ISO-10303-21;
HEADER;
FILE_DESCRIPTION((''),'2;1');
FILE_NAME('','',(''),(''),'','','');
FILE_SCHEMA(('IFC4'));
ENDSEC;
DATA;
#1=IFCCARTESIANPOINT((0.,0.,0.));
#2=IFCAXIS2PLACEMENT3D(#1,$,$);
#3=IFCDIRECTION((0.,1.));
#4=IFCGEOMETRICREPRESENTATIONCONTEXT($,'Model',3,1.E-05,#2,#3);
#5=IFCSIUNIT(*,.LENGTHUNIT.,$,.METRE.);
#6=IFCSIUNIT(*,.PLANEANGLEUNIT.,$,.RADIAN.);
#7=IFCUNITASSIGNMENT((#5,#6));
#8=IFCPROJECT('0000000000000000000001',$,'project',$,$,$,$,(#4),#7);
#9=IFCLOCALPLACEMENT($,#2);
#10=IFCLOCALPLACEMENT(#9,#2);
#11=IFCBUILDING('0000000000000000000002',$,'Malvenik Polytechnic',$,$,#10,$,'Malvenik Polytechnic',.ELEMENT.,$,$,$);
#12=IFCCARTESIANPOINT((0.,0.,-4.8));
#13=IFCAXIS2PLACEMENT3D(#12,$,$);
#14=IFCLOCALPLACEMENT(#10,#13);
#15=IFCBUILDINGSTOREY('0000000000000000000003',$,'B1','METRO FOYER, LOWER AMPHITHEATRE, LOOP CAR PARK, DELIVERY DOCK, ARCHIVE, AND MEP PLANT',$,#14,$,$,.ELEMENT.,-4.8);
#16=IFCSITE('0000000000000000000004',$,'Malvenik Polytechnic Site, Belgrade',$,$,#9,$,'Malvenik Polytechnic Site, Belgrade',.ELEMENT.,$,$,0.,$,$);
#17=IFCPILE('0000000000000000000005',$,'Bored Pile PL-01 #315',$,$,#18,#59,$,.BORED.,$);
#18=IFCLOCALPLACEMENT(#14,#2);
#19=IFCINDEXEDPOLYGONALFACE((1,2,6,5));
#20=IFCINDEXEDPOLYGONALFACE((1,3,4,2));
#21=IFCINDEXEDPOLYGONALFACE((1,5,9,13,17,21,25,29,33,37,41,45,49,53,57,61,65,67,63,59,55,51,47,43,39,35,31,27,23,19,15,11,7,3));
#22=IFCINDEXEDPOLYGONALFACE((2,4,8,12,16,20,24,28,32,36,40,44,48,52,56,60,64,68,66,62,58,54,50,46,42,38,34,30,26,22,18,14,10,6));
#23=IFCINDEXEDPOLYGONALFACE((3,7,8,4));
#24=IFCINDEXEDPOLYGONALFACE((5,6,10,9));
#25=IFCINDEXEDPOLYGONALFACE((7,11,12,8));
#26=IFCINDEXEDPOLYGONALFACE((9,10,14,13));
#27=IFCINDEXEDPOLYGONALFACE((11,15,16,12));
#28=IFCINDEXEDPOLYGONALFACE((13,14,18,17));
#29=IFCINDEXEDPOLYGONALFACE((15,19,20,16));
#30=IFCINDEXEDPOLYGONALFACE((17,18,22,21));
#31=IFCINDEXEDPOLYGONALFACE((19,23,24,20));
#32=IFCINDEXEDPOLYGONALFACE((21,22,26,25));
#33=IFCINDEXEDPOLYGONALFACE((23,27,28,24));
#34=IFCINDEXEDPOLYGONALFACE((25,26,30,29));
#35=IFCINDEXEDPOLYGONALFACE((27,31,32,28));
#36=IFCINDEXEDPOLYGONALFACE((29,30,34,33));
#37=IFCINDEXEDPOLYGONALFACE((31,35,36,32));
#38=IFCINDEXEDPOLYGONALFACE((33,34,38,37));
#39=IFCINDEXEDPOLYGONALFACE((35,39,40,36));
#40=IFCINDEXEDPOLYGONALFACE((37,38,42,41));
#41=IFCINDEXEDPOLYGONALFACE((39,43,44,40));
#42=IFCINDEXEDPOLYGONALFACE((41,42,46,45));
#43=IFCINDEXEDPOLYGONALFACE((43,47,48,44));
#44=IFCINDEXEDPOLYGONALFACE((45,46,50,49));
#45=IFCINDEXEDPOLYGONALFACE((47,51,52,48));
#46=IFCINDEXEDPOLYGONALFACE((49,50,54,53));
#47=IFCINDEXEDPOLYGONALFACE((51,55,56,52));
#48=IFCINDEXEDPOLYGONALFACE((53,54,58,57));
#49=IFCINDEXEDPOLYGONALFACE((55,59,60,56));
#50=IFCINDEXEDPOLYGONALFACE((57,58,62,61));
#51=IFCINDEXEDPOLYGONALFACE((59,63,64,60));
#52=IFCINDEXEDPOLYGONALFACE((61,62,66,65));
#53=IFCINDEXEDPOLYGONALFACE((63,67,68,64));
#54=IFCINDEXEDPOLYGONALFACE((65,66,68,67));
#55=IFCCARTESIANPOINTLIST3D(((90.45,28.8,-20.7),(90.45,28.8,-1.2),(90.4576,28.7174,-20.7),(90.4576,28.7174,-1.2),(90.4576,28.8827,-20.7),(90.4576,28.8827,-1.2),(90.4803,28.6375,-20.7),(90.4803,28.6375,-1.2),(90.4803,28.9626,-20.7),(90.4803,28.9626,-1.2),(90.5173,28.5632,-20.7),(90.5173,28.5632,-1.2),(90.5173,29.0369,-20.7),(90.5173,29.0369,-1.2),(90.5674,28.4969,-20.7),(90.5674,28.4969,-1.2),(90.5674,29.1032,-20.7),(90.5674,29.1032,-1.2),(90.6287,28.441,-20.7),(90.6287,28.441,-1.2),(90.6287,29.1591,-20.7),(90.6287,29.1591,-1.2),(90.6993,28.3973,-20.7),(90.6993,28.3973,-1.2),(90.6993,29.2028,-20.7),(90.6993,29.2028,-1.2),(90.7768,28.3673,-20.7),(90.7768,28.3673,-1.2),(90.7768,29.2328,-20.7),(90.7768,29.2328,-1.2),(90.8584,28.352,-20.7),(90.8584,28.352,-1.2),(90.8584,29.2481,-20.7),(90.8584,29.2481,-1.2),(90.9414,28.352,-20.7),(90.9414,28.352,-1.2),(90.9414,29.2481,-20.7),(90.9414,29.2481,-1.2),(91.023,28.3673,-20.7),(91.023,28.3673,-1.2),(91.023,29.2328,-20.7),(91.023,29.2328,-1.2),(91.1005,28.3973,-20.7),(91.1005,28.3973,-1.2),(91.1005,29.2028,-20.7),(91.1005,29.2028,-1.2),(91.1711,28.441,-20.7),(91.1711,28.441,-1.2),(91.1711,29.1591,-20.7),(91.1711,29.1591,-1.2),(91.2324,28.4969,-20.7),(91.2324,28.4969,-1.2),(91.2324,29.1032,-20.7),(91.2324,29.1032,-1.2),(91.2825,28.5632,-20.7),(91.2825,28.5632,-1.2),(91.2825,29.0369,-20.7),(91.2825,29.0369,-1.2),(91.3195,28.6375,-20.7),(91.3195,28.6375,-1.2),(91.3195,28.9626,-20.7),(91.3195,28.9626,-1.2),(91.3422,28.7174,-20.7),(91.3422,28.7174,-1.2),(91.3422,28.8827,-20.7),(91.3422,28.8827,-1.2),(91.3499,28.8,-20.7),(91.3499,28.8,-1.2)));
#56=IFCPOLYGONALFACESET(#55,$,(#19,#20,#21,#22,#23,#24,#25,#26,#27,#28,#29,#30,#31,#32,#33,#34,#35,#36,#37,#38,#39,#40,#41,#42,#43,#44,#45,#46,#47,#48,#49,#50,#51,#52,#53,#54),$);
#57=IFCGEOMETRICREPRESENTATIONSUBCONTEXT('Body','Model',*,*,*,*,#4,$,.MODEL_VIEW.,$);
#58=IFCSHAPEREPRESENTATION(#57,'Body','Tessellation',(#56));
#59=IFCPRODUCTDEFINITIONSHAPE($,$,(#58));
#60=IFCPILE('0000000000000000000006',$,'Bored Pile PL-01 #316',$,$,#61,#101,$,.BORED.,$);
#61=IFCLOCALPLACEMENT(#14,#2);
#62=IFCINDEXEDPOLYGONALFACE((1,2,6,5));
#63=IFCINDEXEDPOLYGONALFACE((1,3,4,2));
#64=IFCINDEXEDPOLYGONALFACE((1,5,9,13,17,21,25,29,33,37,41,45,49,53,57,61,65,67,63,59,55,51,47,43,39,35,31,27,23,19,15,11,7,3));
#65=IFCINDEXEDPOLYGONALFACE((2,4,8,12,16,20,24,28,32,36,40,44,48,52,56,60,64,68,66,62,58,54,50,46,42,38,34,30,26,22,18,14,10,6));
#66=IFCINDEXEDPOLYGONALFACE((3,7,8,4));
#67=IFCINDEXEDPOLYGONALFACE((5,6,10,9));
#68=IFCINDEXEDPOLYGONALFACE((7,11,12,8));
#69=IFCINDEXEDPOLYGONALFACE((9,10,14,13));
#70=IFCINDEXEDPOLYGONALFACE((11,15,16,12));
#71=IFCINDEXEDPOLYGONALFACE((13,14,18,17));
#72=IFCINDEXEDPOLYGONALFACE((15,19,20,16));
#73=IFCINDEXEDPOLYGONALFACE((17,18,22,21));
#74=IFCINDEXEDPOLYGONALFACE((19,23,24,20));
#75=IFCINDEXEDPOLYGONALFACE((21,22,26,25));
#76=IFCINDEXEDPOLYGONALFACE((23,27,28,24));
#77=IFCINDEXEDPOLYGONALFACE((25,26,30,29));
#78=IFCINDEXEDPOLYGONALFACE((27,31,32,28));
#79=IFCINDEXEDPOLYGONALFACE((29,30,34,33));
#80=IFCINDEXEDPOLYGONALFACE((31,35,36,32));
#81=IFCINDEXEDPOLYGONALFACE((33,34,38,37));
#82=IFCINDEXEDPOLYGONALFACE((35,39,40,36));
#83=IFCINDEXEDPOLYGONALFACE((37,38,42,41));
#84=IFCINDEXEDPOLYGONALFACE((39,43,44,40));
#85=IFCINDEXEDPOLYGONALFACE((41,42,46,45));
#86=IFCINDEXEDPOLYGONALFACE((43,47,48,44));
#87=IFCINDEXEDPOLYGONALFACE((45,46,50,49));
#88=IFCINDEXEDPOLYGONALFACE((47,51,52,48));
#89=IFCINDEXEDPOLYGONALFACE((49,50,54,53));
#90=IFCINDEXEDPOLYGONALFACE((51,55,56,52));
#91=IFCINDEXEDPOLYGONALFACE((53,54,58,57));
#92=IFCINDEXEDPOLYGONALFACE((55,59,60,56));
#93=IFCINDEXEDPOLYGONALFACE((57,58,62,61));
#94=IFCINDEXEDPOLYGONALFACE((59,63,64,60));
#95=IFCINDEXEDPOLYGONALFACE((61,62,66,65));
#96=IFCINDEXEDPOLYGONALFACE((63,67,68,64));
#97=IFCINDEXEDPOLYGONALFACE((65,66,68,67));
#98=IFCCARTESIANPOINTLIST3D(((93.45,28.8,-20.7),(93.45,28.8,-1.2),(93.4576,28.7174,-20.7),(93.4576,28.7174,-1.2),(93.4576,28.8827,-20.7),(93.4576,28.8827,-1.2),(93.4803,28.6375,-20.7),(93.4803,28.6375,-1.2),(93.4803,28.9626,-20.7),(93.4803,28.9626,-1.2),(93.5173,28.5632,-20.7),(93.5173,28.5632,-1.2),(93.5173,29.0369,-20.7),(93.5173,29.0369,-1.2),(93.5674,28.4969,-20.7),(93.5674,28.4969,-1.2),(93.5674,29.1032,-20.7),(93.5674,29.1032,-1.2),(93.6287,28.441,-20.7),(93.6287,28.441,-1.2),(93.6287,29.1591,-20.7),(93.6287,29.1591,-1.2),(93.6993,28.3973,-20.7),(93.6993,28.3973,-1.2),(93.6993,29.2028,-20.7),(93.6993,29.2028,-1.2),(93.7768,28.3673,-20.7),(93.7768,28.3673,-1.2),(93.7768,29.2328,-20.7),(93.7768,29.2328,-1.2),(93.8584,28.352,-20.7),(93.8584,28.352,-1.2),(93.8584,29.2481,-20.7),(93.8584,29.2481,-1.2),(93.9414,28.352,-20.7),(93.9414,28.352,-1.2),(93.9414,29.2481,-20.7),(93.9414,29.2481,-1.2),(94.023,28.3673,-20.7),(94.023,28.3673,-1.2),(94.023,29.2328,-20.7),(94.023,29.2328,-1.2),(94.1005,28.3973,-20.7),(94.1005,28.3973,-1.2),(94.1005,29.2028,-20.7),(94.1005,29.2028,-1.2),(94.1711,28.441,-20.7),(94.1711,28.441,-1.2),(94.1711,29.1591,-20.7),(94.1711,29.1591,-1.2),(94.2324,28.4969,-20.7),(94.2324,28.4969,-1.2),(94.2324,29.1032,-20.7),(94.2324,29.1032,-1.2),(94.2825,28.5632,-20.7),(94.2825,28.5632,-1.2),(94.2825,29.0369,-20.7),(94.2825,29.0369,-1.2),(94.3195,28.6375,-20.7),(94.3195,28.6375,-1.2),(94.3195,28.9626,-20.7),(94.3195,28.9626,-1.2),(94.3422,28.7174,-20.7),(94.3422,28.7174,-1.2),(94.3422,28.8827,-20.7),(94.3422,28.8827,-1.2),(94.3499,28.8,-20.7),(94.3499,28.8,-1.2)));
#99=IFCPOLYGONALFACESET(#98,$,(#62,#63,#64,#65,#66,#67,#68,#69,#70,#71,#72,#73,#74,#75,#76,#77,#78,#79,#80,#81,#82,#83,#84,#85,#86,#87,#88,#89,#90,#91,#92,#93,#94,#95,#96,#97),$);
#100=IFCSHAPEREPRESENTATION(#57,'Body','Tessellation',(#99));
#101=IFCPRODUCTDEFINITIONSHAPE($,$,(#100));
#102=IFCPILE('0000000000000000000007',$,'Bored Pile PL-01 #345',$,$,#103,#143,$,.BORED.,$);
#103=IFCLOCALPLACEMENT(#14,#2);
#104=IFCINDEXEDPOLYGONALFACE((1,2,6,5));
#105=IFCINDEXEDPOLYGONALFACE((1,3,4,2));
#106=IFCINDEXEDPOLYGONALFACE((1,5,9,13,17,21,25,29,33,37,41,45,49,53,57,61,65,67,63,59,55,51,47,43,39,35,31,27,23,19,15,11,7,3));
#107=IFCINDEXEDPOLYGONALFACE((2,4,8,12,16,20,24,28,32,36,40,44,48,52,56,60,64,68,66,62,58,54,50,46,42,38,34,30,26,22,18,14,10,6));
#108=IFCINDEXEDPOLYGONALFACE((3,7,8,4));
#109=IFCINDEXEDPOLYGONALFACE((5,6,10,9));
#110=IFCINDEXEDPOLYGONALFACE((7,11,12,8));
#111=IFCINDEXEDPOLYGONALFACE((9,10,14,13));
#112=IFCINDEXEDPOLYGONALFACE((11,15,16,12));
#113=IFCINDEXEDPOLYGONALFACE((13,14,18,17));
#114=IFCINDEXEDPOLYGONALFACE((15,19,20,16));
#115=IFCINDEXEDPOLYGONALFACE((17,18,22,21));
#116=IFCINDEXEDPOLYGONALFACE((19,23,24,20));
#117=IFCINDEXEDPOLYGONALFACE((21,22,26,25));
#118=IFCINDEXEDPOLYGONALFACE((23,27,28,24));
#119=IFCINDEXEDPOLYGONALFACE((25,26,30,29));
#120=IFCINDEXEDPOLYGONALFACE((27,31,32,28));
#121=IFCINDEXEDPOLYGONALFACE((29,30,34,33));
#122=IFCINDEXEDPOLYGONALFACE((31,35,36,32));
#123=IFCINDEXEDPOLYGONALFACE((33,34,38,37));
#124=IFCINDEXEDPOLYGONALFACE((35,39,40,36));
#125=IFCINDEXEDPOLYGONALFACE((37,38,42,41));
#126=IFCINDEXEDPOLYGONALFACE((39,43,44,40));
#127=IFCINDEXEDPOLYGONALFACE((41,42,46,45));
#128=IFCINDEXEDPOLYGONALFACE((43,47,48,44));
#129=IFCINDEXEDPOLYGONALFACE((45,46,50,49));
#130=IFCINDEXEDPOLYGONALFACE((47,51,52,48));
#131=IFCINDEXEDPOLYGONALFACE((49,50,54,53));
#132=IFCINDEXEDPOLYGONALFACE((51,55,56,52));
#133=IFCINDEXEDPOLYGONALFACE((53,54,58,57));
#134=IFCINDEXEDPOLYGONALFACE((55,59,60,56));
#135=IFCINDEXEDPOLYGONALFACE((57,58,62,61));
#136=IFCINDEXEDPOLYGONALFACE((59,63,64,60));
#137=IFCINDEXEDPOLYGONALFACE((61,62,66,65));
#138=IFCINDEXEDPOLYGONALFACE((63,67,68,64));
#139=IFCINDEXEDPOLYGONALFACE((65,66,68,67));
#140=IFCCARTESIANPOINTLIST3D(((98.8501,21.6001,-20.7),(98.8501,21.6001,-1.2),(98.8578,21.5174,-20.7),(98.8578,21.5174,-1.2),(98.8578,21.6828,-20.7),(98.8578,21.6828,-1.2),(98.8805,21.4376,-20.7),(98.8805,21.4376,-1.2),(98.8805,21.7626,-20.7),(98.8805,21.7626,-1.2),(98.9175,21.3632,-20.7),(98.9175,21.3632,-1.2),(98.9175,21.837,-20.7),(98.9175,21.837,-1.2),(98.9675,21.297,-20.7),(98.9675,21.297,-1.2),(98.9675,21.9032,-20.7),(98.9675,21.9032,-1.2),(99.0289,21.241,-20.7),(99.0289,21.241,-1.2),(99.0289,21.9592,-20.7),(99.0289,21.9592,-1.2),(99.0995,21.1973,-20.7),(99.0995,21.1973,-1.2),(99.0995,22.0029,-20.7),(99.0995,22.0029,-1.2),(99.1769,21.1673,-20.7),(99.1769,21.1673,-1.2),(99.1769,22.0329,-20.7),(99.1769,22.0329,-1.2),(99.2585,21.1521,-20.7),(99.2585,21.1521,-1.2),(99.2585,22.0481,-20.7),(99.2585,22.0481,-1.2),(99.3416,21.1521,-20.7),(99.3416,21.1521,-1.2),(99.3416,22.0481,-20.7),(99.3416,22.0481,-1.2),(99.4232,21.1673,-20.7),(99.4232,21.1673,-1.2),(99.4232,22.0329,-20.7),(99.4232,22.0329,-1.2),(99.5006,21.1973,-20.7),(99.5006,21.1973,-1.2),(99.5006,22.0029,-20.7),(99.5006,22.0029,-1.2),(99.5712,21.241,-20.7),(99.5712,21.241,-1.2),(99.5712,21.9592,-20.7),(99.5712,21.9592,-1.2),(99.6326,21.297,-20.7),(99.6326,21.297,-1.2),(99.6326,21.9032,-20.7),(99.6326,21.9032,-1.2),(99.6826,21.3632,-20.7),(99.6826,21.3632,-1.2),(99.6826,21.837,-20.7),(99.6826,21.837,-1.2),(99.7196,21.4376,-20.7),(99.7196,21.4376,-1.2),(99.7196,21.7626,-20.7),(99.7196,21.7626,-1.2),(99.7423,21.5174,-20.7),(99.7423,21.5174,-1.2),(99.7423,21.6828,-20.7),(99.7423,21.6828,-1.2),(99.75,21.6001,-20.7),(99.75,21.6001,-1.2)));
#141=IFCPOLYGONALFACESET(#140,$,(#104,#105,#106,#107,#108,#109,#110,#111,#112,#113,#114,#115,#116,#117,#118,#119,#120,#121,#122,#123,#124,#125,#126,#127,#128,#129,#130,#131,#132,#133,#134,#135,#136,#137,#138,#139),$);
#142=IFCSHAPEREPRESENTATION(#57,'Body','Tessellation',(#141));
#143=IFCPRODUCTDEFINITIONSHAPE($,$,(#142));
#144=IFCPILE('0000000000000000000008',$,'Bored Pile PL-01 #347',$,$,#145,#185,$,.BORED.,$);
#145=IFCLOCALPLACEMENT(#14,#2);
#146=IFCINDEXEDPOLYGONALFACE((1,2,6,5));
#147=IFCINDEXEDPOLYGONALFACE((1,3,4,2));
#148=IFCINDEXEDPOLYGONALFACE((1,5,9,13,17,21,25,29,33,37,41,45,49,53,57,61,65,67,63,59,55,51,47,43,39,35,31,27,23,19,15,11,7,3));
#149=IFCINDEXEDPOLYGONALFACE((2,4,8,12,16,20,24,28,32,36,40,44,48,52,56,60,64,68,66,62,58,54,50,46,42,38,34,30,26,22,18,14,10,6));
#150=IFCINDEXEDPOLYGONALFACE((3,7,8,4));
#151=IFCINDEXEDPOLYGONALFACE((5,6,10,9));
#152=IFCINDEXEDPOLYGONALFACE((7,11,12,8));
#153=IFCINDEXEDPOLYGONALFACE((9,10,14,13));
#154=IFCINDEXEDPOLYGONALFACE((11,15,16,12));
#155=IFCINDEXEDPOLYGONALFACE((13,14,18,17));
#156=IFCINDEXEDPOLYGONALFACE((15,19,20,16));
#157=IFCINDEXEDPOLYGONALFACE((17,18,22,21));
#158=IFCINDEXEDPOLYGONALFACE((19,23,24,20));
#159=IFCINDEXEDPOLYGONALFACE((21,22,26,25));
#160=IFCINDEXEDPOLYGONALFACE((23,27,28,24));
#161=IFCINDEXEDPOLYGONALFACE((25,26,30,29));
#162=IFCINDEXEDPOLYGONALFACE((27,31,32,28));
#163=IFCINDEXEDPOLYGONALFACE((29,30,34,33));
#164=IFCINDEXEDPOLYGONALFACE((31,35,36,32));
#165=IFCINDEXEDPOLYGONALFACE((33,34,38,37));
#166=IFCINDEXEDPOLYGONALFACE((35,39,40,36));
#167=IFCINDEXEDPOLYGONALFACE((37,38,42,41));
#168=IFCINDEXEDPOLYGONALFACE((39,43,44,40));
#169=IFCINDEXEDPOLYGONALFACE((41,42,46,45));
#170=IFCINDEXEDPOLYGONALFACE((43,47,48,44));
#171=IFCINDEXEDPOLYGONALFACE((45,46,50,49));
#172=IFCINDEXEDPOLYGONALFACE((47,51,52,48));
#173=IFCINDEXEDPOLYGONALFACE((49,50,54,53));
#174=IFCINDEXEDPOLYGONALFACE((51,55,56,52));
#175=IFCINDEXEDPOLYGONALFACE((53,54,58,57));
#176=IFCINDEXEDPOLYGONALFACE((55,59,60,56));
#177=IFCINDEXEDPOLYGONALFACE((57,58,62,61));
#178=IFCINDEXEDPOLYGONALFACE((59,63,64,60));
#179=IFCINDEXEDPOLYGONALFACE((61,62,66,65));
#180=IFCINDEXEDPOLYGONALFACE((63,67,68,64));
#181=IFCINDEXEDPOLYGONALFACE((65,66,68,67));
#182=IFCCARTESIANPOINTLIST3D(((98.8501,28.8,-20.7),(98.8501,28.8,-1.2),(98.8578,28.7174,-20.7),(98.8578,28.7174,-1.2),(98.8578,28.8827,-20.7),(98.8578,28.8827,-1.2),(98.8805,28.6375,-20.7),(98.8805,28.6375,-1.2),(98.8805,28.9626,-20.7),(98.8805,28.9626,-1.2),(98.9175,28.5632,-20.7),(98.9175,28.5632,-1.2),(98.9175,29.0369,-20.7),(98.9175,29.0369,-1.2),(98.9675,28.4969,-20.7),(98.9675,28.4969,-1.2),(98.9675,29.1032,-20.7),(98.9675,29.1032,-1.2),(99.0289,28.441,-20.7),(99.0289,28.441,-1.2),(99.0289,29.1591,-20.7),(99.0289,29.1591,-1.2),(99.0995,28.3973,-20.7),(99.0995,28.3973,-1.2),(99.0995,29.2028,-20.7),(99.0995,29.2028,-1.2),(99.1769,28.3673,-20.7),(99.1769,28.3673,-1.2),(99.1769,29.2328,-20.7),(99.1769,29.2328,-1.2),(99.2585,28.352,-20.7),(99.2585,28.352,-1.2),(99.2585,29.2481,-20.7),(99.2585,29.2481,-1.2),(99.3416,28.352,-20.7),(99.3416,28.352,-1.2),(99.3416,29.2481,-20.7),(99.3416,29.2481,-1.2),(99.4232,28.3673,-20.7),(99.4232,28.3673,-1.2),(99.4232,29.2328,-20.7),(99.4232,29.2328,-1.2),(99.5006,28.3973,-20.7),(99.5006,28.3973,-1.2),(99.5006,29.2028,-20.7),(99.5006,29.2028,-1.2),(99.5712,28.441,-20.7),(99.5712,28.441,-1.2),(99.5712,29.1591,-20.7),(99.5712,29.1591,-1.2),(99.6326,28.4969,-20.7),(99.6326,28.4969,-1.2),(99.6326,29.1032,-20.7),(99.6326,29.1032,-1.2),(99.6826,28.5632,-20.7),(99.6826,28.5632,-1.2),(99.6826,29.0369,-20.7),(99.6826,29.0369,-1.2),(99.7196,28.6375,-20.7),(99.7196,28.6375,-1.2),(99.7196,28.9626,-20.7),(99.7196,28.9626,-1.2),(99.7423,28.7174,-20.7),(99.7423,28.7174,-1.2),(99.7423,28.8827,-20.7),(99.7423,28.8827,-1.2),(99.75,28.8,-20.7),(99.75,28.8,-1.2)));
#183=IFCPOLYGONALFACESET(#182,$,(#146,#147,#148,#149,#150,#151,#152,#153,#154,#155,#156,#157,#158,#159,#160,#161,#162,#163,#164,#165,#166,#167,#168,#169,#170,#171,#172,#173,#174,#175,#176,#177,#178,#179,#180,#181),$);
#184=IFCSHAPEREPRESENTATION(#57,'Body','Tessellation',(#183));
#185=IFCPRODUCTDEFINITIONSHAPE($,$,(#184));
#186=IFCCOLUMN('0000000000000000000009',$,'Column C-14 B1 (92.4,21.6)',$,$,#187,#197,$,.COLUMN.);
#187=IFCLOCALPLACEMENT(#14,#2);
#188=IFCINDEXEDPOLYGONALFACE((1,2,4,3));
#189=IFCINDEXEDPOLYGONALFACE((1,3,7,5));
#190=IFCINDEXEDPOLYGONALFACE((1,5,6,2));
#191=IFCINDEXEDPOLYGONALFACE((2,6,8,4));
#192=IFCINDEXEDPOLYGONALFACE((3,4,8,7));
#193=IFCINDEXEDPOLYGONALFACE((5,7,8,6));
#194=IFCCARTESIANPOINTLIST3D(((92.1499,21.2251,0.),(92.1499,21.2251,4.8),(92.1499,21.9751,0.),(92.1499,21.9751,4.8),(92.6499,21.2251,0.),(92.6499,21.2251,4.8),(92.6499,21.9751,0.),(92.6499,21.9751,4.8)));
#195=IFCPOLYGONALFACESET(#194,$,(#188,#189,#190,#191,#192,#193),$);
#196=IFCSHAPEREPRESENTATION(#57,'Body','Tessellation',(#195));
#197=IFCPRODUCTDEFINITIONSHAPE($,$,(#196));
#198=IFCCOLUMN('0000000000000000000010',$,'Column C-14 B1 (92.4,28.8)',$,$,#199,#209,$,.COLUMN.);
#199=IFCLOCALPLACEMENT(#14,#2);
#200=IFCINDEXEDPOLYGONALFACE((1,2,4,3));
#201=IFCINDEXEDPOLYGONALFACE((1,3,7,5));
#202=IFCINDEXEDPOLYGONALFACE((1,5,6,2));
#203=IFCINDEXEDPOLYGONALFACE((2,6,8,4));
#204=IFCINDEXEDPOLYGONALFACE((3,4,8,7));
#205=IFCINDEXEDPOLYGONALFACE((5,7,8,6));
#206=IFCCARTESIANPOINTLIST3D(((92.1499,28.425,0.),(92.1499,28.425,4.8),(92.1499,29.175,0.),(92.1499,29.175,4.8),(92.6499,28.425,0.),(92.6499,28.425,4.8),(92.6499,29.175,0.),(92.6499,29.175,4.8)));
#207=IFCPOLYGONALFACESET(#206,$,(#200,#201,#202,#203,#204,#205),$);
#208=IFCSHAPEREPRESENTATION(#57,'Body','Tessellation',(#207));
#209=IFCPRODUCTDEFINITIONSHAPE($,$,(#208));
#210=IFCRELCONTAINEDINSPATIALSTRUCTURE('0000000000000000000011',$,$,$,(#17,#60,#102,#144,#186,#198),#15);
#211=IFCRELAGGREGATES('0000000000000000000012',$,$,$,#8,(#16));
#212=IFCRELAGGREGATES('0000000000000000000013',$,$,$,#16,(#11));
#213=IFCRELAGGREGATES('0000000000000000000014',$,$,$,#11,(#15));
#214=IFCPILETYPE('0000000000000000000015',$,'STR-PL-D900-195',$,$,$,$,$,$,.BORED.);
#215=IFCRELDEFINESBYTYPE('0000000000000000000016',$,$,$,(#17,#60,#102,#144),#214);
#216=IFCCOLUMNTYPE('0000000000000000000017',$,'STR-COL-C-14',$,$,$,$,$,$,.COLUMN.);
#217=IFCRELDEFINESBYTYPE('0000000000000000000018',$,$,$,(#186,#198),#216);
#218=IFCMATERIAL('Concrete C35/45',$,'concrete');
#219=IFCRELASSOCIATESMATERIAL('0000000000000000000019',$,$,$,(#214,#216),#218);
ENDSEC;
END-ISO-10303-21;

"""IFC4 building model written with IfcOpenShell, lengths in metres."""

from ifc_helpers import new_model, si_unit, direction, frame, origin, origin_2d, place, context, subcontext, project, spatial, rectangle, circle, extrude, material, material_profile, profile_set, type_object, element, save


model = new_model("IFC4")

# Units and contexts
model_context = context("Model", 3, precision=1e-05, world=origin(), true_north=direction((0.0, 1.0)))
body_context = subcontext(model_context, "Body", "Model", "MODEL_VIEW")
ifc_project = project(units=[si_unit("LENGTHUNIT", "METRE"), si_unit("PLANEANGLEUNIT", "RADIAN")], contexts=[model_context])

# Site, building, storey
site_placement = place(None, origin())
site = spatial("IfcSite", under=ifc_project, at=site_placement, Name="Malvenik Polytechnic Site, Belgrade", LongName="Malvenik Polytechnic Site, Belgrade", CompositionType="ELEMENT", RefElevation=0.0)
building_placement = place(site_placement, origin())
building = spatial("IfcBuilding", under=site, at=building_placement, Name="Malvenik Polytechnic", LongName="Malvenik Polytechnic", CompositionType="ELEMENT")
storey_placement = place(building_placement, frame((0.0, 0.0, -4.8)))
storey = spatial("IfcBuildingStorey", under=building, at=storey_placement, Name="B1", Description="METRO FOYER, LOWER AMPHITHEATRE, LOOP CAR PARK, DELIVERY DOCK, ARCHIVE, AND MEP PLANT", CompositionType="ELEMENT", Elevation=-4.8)

# Shared definitions
ifc_material_1 = material(Name="Concrete C35/45", Category="concrete")

# Piles
ifc_material_profile_1 = material_profile(ifc_material_1, circle(Radius=0.45, at=origin_2d()), Name="BORED PILE D900")
ifc_profile_set_1 = profile_set([ifc_material_profile_1], Name="Concrete C35/45")
pile_type_1 = type_object("IfcPileType", Name="STR-PL-D900-195", PredefinedType="BORED", material=ifc_profile_set_1)
for number, where, z_axis, x_axis, name in (
    (1, (90.8999, 28.8, -1.2), (0.0, 0.0, -1.0), (1.0, 0.0, 0.0), "Bored Pile PL-01 #315"),
    (2, (93.8999, 28.8, -1.2), (0.0, 0.0, -1.0), (1.0, 0.0, 0.0), "Bored Pile PL-01 #316"),
    (3, (99.3, 21.6001, -1.2), (0.0, 0.0, -1.0), (1.0, 0.0, 0.0), "Bored Pile PL-01 #345"),
    (4, (99.3, 28.8, -1.2), (0.0, 0.0, -1.0), (1.0, 0.0, 0.0), "Bored Pile PL-01 #347"),
):
    element("IfcPile", number, at=place(storey_placement, frame(where, z_axis=z_axis, x_axis=x_axis)), inside=storey, type_object=pile_type_1, Name=name, PredefinedType="BORED", context=body_context, shape_type="SweptSolid", body=[
        extrude(circle(Radius=0.45, at=origin_2d()), origin(), (0.0, 0.0, 1.0), 19.5),
    ])

# Columns
ifc_material_profile_2 = material_profile(ifc_material_1, rectangle(XDim=0.5, YDim=0.75, at=origin_2d()), Name="RC COL 750x500")
ifc_profile_set_2 = profile_set([ifc_material_profile_2], Name="Concrete C35/45")
column_type = type_object("IfcColumnType", Name="STR-COL-C-14", PredefinedType="COLUMN", material=ifc_profile_set_2)
for number, where, z_axis, x_axis, name in (
    (5, (92.3999, 21.6001, 0.0), (0.0, 0.0, 1.0), (1.0, 0.0, 0.0), "Column C-14 B1 (92.4,21.6)"),
    (6, (92.3999, 28.8, 0.0), (0.0, 0.0, 1.0), (1.0, 0.0, 0.0), "Column C-14 B1 (92.4,28.8)"),
):
    element("IfcColumn", number, at=place(storey_placement, frame(where, z_axis=z_axis, x_axis=x_axis)), inside=storey, type_object=column_type, Name=name, PredefinedType="COLUMN", context=body_context, shape_type="SweptSolid", body=[
        extrude(rectangle(XDim=0.5, YDim=0.75, at=origin_2d()), origin(), (0.0, 0.0, 1.0), 4.8),
    ])

save(model, "model.ifc")
